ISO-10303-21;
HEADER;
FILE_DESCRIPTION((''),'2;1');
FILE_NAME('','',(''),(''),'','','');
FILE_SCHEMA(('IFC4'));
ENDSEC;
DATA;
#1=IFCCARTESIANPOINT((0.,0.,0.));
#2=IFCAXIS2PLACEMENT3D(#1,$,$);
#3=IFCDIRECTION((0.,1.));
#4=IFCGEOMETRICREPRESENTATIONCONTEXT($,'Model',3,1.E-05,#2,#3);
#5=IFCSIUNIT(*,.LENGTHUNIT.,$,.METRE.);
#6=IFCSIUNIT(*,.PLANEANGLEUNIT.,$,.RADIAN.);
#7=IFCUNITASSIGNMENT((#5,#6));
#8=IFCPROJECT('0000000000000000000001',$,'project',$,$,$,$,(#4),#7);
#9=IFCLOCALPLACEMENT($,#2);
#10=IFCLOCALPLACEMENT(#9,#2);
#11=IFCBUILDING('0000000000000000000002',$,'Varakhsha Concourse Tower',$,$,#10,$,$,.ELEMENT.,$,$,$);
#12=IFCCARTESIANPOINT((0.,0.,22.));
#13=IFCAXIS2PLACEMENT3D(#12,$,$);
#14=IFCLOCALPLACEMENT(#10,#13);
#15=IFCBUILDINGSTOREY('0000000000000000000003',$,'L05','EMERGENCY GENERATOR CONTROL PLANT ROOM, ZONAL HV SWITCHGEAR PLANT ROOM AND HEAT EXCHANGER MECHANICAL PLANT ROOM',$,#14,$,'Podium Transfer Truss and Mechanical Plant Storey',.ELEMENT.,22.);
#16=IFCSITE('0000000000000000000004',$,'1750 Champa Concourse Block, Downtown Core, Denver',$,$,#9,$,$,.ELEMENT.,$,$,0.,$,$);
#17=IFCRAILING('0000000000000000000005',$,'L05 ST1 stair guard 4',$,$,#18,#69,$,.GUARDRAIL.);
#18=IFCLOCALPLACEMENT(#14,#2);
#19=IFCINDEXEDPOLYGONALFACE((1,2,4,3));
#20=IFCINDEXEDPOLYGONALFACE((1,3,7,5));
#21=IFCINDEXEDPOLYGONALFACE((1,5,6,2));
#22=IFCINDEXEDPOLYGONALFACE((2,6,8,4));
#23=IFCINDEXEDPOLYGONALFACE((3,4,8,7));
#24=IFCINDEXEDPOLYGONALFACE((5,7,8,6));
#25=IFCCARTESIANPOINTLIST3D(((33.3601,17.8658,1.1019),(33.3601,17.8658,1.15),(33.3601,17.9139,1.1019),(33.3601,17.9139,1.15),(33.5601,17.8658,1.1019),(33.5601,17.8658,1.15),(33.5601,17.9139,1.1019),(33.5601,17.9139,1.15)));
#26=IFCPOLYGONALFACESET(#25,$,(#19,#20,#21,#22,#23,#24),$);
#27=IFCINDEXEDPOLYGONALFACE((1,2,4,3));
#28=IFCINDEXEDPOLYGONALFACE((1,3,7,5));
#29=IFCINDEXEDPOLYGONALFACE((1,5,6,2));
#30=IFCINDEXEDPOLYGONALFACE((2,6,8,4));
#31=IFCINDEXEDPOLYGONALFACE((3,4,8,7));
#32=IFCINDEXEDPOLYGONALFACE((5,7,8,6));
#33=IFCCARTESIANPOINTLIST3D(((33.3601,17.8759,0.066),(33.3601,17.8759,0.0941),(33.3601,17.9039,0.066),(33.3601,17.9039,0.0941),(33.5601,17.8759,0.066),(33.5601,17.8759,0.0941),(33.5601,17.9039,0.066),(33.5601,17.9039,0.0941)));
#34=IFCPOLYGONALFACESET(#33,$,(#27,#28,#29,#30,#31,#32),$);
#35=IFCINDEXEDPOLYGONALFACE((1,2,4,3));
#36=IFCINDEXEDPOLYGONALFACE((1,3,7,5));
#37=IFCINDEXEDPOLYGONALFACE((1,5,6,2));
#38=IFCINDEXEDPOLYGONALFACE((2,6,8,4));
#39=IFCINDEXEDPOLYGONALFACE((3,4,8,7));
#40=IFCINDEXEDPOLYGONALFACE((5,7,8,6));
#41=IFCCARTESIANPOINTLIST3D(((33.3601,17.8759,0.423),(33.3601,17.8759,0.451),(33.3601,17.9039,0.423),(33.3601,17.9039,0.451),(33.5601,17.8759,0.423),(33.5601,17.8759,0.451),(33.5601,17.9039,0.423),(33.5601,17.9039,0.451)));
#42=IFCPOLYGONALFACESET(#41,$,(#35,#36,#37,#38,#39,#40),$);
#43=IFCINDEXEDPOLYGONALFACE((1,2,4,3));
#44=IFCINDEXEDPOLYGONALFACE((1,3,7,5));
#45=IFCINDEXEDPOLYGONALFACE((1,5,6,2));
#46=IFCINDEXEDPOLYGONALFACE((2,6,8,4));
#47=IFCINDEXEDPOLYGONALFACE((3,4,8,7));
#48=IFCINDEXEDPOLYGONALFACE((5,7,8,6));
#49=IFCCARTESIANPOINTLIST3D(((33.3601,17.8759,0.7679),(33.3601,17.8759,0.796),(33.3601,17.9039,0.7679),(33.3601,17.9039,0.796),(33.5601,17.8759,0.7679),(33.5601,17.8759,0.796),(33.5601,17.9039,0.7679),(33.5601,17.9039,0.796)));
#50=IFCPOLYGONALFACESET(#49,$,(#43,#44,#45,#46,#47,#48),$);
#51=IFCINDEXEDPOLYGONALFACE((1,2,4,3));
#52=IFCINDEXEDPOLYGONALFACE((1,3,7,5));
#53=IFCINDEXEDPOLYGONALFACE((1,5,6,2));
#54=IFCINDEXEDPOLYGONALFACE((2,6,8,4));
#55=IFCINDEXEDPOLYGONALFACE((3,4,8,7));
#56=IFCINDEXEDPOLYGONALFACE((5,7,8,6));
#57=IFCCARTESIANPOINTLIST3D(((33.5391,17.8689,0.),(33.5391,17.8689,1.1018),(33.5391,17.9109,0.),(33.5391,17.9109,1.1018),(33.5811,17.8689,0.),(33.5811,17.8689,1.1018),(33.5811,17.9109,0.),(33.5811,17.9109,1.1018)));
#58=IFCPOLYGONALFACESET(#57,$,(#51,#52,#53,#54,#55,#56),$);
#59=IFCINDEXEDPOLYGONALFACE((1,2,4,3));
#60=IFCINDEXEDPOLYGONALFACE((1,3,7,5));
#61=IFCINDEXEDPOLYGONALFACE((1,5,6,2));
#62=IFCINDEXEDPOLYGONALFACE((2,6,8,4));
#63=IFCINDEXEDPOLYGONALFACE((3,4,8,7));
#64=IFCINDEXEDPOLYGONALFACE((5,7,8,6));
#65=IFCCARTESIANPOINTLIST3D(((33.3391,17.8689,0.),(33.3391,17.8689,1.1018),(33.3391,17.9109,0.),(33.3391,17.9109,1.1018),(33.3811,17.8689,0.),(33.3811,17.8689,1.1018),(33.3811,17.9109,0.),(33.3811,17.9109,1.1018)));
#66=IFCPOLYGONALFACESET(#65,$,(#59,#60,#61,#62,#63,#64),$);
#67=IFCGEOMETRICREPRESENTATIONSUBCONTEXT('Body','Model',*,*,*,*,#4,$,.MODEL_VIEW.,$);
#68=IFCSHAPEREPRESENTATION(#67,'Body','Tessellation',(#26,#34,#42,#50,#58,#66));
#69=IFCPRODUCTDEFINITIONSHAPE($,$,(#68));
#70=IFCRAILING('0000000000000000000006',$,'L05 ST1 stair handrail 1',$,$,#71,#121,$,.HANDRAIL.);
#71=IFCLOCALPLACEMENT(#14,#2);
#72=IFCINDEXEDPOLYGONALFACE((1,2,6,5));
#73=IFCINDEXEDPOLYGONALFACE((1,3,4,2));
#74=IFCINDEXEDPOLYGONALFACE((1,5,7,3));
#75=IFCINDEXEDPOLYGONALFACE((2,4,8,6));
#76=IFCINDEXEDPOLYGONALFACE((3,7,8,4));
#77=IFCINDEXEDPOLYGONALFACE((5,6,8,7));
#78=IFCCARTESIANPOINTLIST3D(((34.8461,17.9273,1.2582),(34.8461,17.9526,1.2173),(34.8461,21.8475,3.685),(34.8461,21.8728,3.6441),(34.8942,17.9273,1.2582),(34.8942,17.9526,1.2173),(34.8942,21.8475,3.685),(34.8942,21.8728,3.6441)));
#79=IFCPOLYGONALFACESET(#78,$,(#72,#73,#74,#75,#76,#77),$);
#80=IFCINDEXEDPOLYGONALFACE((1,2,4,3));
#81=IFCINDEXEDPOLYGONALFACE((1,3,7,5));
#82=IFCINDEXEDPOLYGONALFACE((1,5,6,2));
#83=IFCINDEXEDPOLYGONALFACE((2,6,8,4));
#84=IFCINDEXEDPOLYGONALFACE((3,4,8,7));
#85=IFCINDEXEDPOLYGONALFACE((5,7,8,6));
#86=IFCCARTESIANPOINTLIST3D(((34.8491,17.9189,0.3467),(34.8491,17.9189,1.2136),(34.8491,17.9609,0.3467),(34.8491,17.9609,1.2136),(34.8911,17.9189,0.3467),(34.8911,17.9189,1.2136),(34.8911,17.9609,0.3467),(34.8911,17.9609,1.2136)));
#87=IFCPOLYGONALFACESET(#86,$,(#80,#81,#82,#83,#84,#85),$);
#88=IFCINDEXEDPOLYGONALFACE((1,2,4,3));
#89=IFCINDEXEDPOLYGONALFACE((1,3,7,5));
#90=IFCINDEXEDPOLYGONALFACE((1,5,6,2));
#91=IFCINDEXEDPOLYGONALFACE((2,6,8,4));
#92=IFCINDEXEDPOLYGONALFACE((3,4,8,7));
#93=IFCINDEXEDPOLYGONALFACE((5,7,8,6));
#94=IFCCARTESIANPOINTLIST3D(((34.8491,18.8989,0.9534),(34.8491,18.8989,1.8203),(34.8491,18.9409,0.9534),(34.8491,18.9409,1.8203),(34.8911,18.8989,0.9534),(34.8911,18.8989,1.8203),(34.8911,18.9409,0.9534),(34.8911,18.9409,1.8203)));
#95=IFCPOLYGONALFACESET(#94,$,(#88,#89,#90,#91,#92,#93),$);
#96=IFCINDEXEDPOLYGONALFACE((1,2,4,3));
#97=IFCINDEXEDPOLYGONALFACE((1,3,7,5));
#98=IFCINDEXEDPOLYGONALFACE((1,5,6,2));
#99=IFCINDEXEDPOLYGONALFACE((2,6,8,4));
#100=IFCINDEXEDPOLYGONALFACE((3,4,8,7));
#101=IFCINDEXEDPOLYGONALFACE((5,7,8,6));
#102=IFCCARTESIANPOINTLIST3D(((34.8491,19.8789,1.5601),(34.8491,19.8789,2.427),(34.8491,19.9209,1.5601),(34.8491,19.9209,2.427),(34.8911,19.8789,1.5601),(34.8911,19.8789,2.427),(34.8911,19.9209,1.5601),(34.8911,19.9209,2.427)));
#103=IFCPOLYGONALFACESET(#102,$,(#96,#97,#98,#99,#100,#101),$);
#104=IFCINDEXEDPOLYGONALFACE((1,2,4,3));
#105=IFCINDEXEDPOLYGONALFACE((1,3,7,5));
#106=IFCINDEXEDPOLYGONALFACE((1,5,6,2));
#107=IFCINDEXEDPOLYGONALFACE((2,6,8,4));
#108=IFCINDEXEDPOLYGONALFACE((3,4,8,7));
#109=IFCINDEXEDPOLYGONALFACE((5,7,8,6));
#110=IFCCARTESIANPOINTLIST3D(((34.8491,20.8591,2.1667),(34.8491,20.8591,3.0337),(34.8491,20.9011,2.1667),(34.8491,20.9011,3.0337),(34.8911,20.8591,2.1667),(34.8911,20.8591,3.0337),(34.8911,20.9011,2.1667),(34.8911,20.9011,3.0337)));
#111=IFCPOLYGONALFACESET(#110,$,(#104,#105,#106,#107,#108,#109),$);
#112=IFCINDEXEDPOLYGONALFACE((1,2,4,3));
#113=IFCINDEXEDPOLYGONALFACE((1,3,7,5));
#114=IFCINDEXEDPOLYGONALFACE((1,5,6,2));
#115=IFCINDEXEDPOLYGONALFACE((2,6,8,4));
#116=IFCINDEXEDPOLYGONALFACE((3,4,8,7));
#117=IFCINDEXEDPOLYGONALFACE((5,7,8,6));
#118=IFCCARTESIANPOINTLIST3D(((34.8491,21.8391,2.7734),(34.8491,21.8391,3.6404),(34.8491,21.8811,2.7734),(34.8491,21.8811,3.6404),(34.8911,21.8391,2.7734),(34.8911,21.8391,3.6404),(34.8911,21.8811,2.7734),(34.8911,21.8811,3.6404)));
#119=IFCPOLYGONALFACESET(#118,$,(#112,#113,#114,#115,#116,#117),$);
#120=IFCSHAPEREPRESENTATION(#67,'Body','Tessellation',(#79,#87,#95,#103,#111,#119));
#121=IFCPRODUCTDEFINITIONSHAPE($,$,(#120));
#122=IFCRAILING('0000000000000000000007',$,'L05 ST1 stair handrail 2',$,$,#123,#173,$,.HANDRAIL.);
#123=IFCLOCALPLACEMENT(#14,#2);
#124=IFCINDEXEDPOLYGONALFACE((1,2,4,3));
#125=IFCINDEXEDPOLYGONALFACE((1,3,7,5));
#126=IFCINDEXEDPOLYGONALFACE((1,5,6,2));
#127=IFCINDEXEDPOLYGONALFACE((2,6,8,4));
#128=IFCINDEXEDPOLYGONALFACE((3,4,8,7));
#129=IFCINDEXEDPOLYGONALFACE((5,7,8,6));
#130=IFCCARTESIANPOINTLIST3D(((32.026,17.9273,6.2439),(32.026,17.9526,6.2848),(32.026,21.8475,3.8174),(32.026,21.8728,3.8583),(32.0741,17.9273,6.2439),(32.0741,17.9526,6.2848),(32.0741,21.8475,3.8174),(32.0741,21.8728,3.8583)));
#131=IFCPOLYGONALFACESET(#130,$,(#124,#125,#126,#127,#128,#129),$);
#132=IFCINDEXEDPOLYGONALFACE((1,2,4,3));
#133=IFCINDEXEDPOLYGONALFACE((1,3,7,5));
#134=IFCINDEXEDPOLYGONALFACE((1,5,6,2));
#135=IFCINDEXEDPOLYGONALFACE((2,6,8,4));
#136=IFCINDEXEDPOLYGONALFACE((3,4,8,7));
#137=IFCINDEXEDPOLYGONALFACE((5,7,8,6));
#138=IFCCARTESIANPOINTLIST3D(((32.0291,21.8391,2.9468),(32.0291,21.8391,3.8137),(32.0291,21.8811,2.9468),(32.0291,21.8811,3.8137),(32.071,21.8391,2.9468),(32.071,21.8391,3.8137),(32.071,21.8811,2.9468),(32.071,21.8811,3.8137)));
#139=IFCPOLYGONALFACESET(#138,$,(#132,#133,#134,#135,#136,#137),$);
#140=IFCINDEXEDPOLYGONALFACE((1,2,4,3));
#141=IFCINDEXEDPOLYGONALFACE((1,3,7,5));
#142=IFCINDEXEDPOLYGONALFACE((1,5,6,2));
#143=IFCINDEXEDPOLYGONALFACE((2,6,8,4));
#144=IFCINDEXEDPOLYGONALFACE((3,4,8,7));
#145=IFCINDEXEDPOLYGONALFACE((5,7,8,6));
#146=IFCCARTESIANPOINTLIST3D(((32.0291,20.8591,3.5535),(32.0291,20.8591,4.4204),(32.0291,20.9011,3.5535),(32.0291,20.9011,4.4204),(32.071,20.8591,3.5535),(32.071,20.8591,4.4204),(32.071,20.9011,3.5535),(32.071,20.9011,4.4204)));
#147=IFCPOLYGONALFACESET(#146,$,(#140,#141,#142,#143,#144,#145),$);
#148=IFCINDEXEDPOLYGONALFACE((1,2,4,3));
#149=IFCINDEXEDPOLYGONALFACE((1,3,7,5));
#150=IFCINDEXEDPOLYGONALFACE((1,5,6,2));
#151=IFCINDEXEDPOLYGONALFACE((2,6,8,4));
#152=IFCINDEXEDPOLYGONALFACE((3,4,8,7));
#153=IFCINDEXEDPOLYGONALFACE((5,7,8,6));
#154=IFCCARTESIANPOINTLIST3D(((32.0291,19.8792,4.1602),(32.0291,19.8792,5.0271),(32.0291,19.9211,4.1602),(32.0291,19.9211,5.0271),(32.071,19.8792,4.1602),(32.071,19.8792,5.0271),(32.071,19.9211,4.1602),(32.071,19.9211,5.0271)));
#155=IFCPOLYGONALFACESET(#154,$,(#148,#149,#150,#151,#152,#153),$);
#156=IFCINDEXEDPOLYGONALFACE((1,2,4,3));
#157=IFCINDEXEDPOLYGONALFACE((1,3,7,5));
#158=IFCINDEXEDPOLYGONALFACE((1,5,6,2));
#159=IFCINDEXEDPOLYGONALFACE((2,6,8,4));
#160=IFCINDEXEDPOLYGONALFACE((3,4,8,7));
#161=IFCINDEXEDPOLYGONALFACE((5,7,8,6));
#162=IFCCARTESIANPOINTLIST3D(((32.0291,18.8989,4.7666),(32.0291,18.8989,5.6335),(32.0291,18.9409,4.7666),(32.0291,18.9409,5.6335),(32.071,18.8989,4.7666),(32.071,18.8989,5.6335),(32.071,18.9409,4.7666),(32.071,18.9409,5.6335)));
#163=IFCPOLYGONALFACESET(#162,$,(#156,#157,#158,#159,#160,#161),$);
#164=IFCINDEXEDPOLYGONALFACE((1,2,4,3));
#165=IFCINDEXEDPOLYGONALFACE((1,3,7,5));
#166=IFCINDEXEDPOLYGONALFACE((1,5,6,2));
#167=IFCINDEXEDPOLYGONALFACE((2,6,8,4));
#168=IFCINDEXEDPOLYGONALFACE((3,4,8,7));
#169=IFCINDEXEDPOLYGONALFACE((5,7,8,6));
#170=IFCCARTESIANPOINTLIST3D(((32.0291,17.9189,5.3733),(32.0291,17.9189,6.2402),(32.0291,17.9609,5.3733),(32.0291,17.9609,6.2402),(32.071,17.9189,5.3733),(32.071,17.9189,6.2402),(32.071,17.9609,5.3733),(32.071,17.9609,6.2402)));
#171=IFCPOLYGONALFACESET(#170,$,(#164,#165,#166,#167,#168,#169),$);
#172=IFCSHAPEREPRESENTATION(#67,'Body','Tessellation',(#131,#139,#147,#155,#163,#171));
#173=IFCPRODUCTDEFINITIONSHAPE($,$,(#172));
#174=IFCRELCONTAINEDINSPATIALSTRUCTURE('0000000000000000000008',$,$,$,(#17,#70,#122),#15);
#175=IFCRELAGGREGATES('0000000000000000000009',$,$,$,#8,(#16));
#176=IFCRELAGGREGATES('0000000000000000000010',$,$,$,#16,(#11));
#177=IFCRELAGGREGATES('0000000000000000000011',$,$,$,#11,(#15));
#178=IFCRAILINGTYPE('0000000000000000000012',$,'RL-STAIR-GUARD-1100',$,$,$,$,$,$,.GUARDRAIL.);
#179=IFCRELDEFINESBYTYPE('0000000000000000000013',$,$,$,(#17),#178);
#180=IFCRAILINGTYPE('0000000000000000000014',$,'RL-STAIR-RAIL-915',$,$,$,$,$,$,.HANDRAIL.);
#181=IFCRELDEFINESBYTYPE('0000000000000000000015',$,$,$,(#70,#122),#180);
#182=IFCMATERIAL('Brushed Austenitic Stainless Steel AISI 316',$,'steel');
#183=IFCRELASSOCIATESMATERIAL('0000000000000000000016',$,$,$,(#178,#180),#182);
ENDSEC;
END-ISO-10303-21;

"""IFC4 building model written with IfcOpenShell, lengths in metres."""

from ifc_helpers import new_model, si_unit, direction, frame, origin, origin_2d, place, context, subcontext, project, spatial, rectangle, extrude, material, type_object, element, save


model = new_model("IFC4")

# Units and contexts
model_context = context("Model", 3, precision=1e-05, world=origin(), true_north=direction((0.0, 1.0)))
body_context = subcontext(model_context, "Body", "Model", "MODEL_VIEW")
ifc_project = project(units=[si_unit("LENGTHUNIT", "METRE"), si_unit("PLANEANGLEUNIT", "RADIAN")], contexts=[model_context])

# Site, building, storey
site_placement = place(None, origin())
site = spatial("IfcSite", under=ifc_project, at=site_placement, Name="1750 Champa Concourse Block, Downtown Core, Denver", CompositionType="ELEMENT", RefElevation=0.0)
building_placement = place(site_placement, origin())
building = spatial("IfcBuilding", under=site, at=building_placement, Name="Varakhsha Concourse Tower", CompositionType="ELEMENT")
storey_placement = place(building_placement, frame((0.0, 0.0, 22.0)))
storey = spatial("IfcBuildingStorey", under=building, at=storey_placement, Name="L05", Description="EMERGENCY GENERATOR CONTROL PLANT ROOM, ZONAL HV SWITCHGEAR PLANT ROOM AND HEAT EXCHANGER MECHANICAL PLANT ROOM", LongName="Podium Transfer Truss and Mechanical Plant Storey", CompositionType="ELEMENT", Elevation=22.0)

# Shared definitions
ifc_material_1 = material(Name="Brushed Austenitic Stainless Steel AISI 316", Category="steel")

# Railings
railing_type_1 = type_object("IfcRailingType", Name="RL-STAIR-GUARD-1100", PredefinedType="GUARDRAIL", material=ifc_material_1)
railing_1_placement = place(storey_placement, frame((33.5601, 17.8899, 0.0)))
element("IfcRailing", 1, at=railing_1_placement, inside=storey, type_object=railing_type_1, Name="L05 ST1 stair guard 4", PredefinedType="GUARDRAIL", context=body_context, shape_type="SweptSolid", body=[
    extrude(rectangle(XDim=0.0481, YDim=0.0481, at=origin_2d()), frame((0.0, 0.0, 1.126), z_axis=(-1.0, 0.0, 0.0), x_axis=(0.0, -1.0, 0.0)), (0.0, 0.0, 1.0), 0.2),
    extrude(rectangle(XDim=0.0281, YDim=0.0281, at=origin_2d()), frame((0.0, 0.0, 0.0801), z_axis=(-1.0, 0.0, 0.0), x_axis=(0.0, -1.0, 0.0)), (0.0, 0.0, 1.0), 0.2),
    extrude(rectangle(XDim=0.0281, YDim=0.0281, at=origin_2d()), frame((0.0, 0.0, 0.437), z_axis=(-1.0, 0.0, 0.0), x_axis=(0.0, -1.0, 0.0)), (0.0, 0.0, 1.0), 0.2),
    extrude(rectangle(XDim=0.0281, YDim=0.0281, at=origin_2d()), frame((0.0, 0.0, 0.782), z_axis=(-1.0, 0.0, 0.0), x_axis=(0.0, -1.0, 0.0)), (0.0, 0.0, 1.0), 0.2),
    extrude(rectangle(XDim=0.042, YDim=0.042, at=origin_2d()), origin(), (0.0, 0.0, 1.0), 1.1018),
    extrude(rectangle(XDim=0.042, YDim=0.042, at=origin_2d()), frame((-0.2, 0.0, 0.0)), (0.0, 0.0, 1.0), 1.1018),
])
railing_type_2 = type_object("IfcRailingType", Name="RL-STAIR-RAIL-915", PredefinedType="HANDRAIL", material=ifc_material_1)
railing_2_placement = place(storey_placement, frame((34.8701, 17.9399, 0.3467)))
element("IfcRailing", 2, at=railing_2_placement, inside=storey, type_object=railing_type_2, Name="L05 ST1 stair handrail 1", PredefinedType="HANDRAIL", context=body_context, shape_type="SweptSolid", body=[
    extrude(rectangle(XDim=0.0481, YDim=0.0481, at=origin_2d()), frame((0.0, 0.0, 0.8911), z_axis=(0.0, 0.850266, 0.526353), x_axis=(-1.0, 0.0, 0.0)), (0.0, 0.0, 1.0), 4.6106),
    extrude(rectangle(XDim=0.042, YDim=0.042, at=origin_2d()), origin(), (0.0, 0.0, 1.0), 0.8669),
    extrude(rectangle(XDim=0.042, YDim=0.042, at=origin_2d()), frame((0.0, 0.98, 0.6067)), (0.0, 0.0, 1.0), 0.8669),
    extrude(rectangle(XDim=0.042, YDim=0.042, at=origin_2d()), frame((0.0, 1.96, 1.2134)), (0.0, 0.0, 1.0), 0.8669),
    extrude(rectangle(XDim=0.042, YDim=0.042, at=origin_2d()), frame((0.0, 2.9402, 1.8201)), (0.0, 0.0, 1.0), 0.8669),
    extrude(rectangle(XDim=0.042, YDim=0.042, at=origin_2d()), frame((0.0, 3.9202, 2.4268)), (0.0, 0.0, 1.0), 0.8669),
])
railing_3_placement = place(storey_placement, frame((32.05, 21.8601, 2.9468)))
element("IfcRailing", 3, at=railing_3_placement, inside=storey, type_object=railing_type_2, Name="L05 ST1 stair handrail 2", PredefinedType="HANDRAIL", context=body_context, shape_type="SweptSolid", body=[
    extrude(rectangle(XDim=0.0481, YDim=0.0481, at=origin_2d()), frame((0.0, 0.0, 0.8911), z_axis=(0.0, -0.85029, 0.526315), x_axis=(1.0, 0.0, 0.0)), (0.0, 0.0, 1.0), 4.6104),
    extrude(rectangle(XDim=0.042, YDim=0.042, at=origin_2d()), origin(), (0.0, 0.0, 1.0), 0.8669),
    extrude(rectangle(XDim=0.042, YDim=0.042, at=origin_2d()), frame((0.0, -0.98, 0.6067)), (0.0, 0.0, 1.0), 0.8669),
    extrude(rectangle(XDim=0.042, YDim=0.042, at=origin_2d()), frame((0.0, -1.96, 1.2134)), (0.0, 0.0, 1.0), 0.8669),
    extrude(rectangle(XDim=0.042, YDim=0.042, at=origin_2d()), frame((0.0, -2.9402, 1.8198)), (0.0, 0.0, 1.0), 0.8669),
    extrude(rectangle(XDim=0.042, YDim=0.042, at=origin_2d()), frame((0.0, -3.9202, 2.4265)), (0.0, 0.0, 1.0), 0.8669),
])

save(model, "model.ifc")
